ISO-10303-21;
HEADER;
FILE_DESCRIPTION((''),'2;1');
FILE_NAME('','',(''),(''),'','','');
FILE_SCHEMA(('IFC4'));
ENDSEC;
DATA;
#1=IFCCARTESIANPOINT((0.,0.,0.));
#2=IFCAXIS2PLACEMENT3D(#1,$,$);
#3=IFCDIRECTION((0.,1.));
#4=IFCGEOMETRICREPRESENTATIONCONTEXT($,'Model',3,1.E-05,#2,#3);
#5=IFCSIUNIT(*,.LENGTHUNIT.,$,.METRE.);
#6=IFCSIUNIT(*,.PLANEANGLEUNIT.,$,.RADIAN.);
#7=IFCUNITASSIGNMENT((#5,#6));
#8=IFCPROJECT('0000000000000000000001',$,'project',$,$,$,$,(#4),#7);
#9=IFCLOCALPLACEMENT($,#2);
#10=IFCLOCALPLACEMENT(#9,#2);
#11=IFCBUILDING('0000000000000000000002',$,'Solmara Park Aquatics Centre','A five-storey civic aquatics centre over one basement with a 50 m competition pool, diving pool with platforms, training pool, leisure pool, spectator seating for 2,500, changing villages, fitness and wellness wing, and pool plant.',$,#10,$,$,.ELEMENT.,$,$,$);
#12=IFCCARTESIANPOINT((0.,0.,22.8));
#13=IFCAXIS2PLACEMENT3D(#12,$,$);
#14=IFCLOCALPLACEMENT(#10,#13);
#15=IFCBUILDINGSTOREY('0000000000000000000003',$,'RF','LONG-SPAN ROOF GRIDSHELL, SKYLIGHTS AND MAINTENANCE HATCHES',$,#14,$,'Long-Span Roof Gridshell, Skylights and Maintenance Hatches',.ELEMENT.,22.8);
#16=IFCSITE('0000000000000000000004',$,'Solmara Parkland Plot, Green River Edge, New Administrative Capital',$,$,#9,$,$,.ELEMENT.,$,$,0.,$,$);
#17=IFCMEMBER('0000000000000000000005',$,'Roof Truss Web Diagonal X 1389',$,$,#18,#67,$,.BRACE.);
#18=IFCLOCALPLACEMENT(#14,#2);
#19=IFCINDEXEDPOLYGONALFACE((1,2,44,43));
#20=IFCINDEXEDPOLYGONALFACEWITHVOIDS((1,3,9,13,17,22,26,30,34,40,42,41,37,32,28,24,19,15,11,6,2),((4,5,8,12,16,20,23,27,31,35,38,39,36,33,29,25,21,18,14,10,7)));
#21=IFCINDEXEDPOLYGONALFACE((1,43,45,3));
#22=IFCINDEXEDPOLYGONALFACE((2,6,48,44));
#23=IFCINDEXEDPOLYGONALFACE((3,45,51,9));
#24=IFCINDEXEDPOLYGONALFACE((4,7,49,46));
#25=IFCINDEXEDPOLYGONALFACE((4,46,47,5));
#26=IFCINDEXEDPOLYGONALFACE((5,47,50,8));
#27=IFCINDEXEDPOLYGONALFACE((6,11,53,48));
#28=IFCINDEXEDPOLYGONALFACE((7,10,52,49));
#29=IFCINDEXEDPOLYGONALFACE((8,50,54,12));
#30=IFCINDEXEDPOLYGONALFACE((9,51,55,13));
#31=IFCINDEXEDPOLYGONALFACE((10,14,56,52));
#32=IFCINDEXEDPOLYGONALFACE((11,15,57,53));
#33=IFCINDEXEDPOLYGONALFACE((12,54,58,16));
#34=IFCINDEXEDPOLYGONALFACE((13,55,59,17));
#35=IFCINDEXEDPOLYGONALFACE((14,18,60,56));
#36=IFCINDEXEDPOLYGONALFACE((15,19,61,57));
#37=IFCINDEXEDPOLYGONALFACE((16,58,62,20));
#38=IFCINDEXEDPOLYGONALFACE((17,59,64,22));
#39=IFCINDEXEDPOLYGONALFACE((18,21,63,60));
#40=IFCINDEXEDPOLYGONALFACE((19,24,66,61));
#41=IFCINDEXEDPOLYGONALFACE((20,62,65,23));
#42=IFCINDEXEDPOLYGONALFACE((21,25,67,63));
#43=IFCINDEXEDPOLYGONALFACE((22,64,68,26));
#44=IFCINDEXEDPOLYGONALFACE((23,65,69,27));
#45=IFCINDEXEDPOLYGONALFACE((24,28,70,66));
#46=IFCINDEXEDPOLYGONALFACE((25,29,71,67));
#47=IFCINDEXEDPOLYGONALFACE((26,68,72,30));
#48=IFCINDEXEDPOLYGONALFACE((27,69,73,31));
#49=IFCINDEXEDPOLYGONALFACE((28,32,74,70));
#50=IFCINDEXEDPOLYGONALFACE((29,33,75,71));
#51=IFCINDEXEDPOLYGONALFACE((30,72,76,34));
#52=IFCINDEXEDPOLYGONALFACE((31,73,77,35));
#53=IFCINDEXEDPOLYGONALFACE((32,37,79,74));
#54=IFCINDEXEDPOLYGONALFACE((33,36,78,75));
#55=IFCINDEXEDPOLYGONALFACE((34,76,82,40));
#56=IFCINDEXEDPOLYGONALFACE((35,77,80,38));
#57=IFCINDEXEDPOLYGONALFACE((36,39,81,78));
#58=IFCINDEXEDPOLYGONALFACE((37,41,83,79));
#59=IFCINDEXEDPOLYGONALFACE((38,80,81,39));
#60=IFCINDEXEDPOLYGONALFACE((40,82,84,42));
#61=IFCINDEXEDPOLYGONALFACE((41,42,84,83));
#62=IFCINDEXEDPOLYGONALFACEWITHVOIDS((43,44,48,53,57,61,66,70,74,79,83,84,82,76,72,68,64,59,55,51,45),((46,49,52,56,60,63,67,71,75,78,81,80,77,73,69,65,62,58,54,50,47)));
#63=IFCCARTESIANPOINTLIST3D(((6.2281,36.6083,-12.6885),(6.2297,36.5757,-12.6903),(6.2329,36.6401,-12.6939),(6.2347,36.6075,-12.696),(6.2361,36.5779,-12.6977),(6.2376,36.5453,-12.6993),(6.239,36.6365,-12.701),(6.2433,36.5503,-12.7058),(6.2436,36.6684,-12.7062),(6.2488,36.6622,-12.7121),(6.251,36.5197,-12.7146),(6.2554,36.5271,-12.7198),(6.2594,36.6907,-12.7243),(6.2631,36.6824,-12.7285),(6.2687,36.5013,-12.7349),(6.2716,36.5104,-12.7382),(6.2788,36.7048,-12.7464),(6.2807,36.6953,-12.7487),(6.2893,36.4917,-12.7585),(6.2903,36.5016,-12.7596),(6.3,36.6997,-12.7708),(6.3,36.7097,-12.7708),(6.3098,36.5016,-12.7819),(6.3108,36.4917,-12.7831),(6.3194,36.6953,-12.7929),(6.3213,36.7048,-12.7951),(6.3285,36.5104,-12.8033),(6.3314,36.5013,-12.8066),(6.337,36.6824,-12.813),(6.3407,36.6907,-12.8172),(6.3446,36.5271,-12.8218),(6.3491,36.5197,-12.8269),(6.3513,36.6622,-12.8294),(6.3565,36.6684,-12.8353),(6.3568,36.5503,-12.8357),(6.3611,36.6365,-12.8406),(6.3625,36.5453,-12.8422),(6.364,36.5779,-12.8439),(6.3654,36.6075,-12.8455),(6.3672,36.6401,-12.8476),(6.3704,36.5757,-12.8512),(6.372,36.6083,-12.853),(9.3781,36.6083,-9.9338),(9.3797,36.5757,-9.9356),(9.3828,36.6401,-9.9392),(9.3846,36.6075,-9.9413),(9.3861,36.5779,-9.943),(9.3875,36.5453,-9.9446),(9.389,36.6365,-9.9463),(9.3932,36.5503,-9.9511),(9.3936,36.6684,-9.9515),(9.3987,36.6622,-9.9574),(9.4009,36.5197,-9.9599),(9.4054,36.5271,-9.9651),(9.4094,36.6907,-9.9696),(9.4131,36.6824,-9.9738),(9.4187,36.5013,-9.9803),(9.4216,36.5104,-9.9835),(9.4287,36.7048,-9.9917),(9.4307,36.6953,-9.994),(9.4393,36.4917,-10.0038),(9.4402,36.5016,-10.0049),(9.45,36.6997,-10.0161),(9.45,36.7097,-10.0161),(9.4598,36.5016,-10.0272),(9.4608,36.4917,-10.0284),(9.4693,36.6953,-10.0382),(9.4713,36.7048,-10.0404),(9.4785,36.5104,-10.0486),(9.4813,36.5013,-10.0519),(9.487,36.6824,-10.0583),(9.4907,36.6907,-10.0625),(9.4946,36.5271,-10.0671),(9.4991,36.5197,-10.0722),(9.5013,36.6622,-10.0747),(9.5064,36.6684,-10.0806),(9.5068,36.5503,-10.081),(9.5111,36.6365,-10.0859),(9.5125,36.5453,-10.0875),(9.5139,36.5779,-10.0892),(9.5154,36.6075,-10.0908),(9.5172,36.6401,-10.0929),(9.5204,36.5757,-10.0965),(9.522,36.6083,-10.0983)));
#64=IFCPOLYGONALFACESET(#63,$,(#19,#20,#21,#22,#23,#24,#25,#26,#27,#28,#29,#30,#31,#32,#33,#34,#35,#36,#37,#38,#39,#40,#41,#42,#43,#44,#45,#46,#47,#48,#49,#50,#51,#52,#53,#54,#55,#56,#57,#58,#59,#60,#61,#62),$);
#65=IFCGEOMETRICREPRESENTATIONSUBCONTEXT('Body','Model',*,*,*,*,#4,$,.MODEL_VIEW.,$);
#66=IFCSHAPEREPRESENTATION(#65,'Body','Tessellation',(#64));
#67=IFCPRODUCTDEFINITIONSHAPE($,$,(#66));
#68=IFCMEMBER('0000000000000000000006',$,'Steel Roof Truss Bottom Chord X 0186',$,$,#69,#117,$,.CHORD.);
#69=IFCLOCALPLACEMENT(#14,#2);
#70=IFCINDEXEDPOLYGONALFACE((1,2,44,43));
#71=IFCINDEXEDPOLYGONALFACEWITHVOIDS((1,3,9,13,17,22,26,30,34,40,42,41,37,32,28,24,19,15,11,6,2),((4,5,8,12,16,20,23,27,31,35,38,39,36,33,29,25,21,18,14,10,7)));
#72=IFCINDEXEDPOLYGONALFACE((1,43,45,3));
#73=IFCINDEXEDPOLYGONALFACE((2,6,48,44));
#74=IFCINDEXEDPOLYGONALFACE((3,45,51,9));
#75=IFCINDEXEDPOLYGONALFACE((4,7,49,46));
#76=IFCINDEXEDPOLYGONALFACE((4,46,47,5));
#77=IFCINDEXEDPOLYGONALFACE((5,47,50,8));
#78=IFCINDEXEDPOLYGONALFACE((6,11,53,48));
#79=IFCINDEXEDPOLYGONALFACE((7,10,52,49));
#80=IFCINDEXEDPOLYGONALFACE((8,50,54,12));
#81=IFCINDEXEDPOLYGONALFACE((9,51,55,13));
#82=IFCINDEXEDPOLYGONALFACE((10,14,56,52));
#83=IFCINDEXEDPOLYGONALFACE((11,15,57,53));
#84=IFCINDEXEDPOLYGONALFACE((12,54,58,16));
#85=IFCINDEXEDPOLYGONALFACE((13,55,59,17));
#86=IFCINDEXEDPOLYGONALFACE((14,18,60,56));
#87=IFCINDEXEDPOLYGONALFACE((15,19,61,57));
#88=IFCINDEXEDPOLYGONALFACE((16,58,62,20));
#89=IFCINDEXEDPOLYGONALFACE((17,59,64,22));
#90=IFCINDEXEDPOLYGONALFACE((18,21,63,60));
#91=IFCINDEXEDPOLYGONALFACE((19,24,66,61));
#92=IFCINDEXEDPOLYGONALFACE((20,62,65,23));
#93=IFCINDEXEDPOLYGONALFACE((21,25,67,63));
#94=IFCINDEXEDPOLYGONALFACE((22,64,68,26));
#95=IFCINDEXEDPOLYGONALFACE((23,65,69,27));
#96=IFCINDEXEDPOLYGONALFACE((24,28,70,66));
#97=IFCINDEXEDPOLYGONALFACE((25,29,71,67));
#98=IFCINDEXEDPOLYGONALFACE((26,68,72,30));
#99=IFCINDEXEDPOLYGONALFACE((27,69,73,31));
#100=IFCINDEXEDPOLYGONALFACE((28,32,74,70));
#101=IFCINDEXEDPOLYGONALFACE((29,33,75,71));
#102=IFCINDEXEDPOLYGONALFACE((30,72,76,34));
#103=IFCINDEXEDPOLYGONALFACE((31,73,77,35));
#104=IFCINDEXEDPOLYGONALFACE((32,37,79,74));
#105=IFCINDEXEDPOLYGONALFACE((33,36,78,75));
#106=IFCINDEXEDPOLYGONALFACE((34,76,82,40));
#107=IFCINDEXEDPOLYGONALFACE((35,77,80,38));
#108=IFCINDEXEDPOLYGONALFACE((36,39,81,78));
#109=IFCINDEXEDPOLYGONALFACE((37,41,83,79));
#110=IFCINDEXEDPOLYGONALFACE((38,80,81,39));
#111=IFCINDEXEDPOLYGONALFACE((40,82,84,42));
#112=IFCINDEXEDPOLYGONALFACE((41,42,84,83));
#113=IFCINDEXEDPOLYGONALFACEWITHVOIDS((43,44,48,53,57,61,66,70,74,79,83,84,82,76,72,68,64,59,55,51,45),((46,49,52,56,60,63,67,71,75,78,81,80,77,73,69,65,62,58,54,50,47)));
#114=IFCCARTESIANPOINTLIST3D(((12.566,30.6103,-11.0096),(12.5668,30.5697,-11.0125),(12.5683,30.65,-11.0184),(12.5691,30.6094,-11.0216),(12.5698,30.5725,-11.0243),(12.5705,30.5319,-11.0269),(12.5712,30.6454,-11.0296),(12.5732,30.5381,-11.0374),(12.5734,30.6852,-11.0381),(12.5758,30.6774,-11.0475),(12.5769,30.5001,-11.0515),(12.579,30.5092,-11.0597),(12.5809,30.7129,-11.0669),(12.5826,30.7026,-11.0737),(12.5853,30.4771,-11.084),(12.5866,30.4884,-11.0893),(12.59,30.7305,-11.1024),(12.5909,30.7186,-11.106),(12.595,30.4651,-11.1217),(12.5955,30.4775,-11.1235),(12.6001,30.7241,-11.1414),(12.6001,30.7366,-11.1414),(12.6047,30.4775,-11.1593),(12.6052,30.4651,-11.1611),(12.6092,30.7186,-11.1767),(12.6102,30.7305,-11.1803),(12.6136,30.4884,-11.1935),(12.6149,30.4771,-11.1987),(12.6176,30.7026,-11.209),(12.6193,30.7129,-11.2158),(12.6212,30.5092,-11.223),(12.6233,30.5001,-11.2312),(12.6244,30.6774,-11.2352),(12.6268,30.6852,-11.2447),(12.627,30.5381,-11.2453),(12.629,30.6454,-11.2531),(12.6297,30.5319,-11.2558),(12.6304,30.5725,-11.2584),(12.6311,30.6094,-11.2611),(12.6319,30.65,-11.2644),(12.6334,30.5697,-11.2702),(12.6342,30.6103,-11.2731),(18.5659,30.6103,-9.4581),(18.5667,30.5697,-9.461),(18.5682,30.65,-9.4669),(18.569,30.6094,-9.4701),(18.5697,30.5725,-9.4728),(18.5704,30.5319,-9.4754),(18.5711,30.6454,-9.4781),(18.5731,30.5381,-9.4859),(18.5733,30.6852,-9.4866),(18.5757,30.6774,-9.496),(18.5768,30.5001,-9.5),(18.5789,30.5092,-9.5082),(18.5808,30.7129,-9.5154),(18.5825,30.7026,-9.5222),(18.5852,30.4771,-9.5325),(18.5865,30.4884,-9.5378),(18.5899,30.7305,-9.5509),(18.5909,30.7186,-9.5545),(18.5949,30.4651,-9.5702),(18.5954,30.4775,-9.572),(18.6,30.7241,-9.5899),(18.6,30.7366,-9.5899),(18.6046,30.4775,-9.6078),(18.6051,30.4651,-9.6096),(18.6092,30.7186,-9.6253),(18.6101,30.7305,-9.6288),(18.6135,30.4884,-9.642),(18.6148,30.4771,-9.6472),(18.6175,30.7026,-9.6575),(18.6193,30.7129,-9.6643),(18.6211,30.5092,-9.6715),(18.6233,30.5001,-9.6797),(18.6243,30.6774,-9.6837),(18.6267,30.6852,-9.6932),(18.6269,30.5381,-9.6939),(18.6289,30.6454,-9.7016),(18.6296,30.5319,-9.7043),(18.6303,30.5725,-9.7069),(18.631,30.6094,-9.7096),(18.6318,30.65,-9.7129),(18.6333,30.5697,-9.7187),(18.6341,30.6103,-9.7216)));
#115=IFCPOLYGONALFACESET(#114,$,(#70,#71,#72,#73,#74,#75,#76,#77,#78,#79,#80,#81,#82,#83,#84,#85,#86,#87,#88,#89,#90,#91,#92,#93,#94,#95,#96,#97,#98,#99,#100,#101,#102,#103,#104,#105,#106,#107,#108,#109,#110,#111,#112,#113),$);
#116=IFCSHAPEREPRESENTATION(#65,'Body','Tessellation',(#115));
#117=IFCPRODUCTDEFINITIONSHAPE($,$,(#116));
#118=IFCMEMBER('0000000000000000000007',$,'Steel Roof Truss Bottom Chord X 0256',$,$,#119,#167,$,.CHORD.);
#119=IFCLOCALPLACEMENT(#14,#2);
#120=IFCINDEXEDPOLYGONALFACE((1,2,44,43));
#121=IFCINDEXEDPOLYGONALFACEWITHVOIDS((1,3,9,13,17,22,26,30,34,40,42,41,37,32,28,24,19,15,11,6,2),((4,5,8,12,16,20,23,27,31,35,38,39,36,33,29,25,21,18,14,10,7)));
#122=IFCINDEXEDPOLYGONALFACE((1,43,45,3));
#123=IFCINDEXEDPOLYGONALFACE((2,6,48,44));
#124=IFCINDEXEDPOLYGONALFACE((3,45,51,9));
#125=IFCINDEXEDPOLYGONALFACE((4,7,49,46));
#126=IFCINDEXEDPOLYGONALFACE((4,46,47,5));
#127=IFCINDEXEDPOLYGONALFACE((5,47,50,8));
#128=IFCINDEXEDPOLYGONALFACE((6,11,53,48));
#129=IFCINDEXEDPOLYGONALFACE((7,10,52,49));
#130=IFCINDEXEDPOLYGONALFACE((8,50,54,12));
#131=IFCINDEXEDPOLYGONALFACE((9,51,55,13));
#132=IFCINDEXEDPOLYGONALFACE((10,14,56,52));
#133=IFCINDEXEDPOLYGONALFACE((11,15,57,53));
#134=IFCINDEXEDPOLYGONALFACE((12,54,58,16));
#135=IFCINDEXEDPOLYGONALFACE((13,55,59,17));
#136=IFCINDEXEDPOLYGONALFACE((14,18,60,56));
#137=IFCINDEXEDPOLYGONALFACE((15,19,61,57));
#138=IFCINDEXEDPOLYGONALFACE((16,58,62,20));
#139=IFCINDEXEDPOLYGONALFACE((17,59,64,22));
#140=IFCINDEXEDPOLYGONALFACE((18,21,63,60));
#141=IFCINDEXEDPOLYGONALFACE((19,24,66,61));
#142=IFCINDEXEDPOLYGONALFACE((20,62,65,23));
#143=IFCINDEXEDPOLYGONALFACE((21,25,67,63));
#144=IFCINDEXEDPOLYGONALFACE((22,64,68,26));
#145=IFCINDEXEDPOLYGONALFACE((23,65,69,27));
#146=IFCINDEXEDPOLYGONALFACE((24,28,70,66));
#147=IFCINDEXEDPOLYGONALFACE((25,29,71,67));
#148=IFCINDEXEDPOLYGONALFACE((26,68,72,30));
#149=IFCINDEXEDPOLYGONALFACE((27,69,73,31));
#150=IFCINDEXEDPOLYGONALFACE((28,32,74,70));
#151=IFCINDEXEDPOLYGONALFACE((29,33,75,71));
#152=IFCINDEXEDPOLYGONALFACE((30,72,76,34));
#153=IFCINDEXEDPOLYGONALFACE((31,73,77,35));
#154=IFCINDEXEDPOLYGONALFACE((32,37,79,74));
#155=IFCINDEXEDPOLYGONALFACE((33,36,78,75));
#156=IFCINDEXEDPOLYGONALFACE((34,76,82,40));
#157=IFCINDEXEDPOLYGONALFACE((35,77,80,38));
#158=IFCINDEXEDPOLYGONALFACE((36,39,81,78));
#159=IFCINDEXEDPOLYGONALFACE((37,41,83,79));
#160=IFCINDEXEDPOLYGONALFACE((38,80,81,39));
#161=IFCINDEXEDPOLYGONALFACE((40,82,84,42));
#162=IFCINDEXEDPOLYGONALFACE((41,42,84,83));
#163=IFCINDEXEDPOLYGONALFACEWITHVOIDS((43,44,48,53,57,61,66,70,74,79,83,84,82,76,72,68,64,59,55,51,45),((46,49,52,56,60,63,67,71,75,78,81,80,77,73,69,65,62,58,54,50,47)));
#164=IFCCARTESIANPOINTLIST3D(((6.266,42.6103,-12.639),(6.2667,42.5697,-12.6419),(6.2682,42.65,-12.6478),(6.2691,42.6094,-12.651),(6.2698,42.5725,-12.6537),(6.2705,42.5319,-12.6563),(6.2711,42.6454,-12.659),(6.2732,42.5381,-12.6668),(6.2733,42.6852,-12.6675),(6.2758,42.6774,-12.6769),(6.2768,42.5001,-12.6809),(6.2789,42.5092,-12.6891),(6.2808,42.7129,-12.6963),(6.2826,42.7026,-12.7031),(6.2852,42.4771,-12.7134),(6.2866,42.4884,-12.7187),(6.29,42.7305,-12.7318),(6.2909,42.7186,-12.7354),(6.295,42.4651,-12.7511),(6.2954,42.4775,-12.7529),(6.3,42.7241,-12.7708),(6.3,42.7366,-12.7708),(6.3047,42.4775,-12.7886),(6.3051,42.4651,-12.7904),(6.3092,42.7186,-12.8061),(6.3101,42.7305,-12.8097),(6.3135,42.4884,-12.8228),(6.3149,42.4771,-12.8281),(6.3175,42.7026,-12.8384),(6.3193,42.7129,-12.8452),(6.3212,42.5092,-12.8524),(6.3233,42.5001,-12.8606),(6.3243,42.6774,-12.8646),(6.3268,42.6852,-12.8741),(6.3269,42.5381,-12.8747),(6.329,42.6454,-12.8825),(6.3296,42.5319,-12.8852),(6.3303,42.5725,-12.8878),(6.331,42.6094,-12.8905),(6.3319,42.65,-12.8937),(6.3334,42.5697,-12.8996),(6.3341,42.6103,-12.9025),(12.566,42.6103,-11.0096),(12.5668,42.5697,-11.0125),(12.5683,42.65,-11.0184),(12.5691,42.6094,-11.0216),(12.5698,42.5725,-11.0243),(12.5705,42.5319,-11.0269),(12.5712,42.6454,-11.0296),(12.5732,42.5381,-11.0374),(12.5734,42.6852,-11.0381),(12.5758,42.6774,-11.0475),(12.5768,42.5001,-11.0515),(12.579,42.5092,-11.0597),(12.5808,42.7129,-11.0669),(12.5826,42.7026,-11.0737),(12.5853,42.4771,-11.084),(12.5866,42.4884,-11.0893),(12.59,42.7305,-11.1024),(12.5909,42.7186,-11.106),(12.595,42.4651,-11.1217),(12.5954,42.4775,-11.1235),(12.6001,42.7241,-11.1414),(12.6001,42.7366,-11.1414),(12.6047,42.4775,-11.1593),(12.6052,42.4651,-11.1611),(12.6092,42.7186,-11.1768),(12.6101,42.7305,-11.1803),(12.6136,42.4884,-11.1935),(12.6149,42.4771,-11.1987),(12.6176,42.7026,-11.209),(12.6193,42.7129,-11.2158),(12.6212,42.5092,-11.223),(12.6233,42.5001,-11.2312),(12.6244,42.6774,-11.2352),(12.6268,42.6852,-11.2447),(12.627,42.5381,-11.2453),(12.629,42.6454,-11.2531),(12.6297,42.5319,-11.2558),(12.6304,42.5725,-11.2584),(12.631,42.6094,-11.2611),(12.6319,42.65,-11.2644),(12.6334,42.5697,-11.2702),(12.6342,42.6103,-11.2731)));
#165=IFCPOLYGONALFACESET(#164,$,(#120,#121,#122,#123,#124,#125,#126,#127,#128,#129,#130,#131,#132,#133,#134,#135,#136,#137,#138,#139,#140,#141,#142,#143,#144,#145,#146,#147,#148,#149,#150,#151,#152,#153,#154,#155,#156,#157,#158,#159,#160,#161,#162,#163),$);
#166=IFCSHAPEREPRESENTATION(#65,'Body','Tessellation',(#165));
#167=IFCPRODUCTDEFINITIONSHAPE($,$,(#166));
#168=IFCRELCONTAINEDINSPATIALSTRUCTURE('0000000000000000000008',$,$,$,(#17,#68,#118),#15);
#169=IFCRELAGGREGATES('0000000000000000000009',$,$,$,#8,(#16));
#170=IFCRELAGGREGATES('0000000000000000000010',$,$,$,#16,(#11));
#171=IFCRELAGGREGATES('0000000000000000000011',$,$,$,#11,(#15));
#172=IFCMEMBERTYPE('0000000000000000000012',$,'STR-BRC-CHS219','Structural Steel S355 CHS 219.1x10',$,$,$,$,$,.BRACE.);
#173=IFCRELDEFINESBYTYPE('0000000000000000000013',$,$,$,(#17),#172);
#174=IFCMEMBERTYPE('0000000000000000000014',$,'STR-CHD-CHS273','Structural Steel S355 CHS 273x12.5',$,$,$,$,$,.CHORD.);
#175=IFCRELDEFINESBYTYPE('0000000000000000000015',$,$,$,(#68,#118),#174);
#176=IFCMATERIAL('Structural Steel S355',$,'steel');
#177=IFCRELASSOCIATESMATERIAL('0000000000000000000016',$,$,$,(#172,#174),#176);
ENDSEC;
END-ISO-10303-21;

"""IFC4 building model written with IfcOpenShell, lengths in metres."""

from ifc_helpers import new_model, si_unit, direction, frame, origin, origin_2d, place, context, subcontext, project, spatial, hollow_circle, extrude, material, material_profile, profile_set, type_object, element, save


model = new_model("IFC4")

# Units and contexts
model_context = context("Model", 3, precision=1e-05, world=origin(), true_north=direction((0.0, 1.0)))
body_context = subcontext(model_context, "Body", "Model", "MODEL_VIEW")
ifc_project = project(units=[si_unit("LENGTHUNIT", "METRE"), si_unit("PLANEANGLEUNIT", "RADIAN")], contexts=[model_context])

# Site, building, storey
site_placement = place(None, origin())
site = spatial("IfcSite", under=ifc_project, at=site_placement, Name="Solmara Parkland Plot, Green River Edge, New Administrative Capital", CompositionType="ELEMENT", RefElevation=0.0)
building_placement = place(site_placement, origin())
building = spatial("IfcBuilding", under=site, at=building_placement, Name="Solmara Park Aquatics Centre", Description="A five-storey civic aquatics centre over one basement with a 50 m competition pool, diving pool with platforms, training pool, leisure pool, spectator seating for 2,500, changing villages, fitness and wellness wing, and pool plant.", CompositionType="ELEMENT")
storey_placement = place(building_placement, frame((0.0, 0.0, 22.8)))
storey = spatial("IfcBuildingStorey", under=building, at=storey_placement, Name="RF", Description="LONG-SPAN ROOF GRIDSHELL, SKYLIGHTS AND MAINTENANCE HATCHES", LongName="Long-Span Roof Gridshell, Skylights and Maintenance Hatches", CompositionType="ELEMENT", Elevation=22.8)

# Members
ifc_material_1 = material(Name="Structural Steel S355", Category="steel")
ifc_material_profile_1 = material_profile(ifc_material_1, hollow_circle(Radius=0.1096, WallThickness=0.01, at=origin_2d()), Name="CHS 219.1x10")
ifc_profile_set_1 = profile_set([ifc_material_profile_1], Name="Structural Steel S355")
member_type_1 = type_object("IfcMemberType", Name="STR-BRC-CHS219", Description="Structural Steel S355 CHS 219.1x10", PredefinedType="BRACE", material=ifc_profile_set_1)
member_1_placement = place(storey_placement, frame((6.3, 36.6001, -12.7708), z_axis=(0.752757, 0.0, 0.658298), x_axis=(0.0, 1.0, 0.0)))
element("IfcMember", 1, at=member_1_placement, inside=storey, type_object=member_type_1, Name="Roof Truss Web Diagonal X 1389", PredefinedType="BRACE", context=body_context, shape_type="SweptSolid", body=[
    extrude(hollow_circle(Radius=0.1096, WallThickness=0.01, at=origin_2d()), origin(), (0.0, 0.0, 1.0), 4.1846),
])
ifc_material_profile_2 = material_profile(ifc_material_1, hollow_circle(Radius=0.1365, WallThickness=0.0125, at=origin_2d()), Name="CHS 273x12.5")
ifc_profile_set_2 = profile_set([ifc_material_profile_2], Name="Structural Steel S355")
member_type_2 = type_object("IfcMemberType", Name="STR-CHD-CHS273", Description="Structural Steel S355 CHS 273x12.5", PredefinedType="CHORD", material=ifc_profile_set_2)
member_2_placement = place(storey_placement, frame((12.6001, 30.6001, -11.1414), z_axis=(0.968155, 0.0, 0.250351), x_axis=(0.0, 1.0, 0.0)))
element("IfcMember", 2, at=member_2_placement, inside=storey, type_object=member_type_2, Name="Steel Roof Truss Bottom Chord X 0186", PredefinedType="CHORD", context=body_context, shape_type="SweptSolid", body=[
    extrude(hollow_circle(Radius=0.1365, WallThickness=0.0125, at=origin_2d()), origin(), (0.0, 0.0, 1.0), 6.1973),
])
member_3_placement = place(storey_placement, frame((6.3, 42.6001, -12.7708), z_axis=(0.968144, 0.0, 0.250393), x_axis=(0.0, 1.0, 0.0)))
element("IfcMember", 3, at=member_3_placement, inside=storey, type_object=member_type_2, Name="Steel Roof Truss Bottom Chord X 0256", PredefinedType="CHORD", context=body_context, shape_type="SweptSolid", body=[
    extrude(hollow_circle(Radius=0.1365, WallThickness=0.0125, at=origin_2d()), origin(), (0.0, 0.0, 1.0), 6.5073),
])

save(model, "model.ifc")
